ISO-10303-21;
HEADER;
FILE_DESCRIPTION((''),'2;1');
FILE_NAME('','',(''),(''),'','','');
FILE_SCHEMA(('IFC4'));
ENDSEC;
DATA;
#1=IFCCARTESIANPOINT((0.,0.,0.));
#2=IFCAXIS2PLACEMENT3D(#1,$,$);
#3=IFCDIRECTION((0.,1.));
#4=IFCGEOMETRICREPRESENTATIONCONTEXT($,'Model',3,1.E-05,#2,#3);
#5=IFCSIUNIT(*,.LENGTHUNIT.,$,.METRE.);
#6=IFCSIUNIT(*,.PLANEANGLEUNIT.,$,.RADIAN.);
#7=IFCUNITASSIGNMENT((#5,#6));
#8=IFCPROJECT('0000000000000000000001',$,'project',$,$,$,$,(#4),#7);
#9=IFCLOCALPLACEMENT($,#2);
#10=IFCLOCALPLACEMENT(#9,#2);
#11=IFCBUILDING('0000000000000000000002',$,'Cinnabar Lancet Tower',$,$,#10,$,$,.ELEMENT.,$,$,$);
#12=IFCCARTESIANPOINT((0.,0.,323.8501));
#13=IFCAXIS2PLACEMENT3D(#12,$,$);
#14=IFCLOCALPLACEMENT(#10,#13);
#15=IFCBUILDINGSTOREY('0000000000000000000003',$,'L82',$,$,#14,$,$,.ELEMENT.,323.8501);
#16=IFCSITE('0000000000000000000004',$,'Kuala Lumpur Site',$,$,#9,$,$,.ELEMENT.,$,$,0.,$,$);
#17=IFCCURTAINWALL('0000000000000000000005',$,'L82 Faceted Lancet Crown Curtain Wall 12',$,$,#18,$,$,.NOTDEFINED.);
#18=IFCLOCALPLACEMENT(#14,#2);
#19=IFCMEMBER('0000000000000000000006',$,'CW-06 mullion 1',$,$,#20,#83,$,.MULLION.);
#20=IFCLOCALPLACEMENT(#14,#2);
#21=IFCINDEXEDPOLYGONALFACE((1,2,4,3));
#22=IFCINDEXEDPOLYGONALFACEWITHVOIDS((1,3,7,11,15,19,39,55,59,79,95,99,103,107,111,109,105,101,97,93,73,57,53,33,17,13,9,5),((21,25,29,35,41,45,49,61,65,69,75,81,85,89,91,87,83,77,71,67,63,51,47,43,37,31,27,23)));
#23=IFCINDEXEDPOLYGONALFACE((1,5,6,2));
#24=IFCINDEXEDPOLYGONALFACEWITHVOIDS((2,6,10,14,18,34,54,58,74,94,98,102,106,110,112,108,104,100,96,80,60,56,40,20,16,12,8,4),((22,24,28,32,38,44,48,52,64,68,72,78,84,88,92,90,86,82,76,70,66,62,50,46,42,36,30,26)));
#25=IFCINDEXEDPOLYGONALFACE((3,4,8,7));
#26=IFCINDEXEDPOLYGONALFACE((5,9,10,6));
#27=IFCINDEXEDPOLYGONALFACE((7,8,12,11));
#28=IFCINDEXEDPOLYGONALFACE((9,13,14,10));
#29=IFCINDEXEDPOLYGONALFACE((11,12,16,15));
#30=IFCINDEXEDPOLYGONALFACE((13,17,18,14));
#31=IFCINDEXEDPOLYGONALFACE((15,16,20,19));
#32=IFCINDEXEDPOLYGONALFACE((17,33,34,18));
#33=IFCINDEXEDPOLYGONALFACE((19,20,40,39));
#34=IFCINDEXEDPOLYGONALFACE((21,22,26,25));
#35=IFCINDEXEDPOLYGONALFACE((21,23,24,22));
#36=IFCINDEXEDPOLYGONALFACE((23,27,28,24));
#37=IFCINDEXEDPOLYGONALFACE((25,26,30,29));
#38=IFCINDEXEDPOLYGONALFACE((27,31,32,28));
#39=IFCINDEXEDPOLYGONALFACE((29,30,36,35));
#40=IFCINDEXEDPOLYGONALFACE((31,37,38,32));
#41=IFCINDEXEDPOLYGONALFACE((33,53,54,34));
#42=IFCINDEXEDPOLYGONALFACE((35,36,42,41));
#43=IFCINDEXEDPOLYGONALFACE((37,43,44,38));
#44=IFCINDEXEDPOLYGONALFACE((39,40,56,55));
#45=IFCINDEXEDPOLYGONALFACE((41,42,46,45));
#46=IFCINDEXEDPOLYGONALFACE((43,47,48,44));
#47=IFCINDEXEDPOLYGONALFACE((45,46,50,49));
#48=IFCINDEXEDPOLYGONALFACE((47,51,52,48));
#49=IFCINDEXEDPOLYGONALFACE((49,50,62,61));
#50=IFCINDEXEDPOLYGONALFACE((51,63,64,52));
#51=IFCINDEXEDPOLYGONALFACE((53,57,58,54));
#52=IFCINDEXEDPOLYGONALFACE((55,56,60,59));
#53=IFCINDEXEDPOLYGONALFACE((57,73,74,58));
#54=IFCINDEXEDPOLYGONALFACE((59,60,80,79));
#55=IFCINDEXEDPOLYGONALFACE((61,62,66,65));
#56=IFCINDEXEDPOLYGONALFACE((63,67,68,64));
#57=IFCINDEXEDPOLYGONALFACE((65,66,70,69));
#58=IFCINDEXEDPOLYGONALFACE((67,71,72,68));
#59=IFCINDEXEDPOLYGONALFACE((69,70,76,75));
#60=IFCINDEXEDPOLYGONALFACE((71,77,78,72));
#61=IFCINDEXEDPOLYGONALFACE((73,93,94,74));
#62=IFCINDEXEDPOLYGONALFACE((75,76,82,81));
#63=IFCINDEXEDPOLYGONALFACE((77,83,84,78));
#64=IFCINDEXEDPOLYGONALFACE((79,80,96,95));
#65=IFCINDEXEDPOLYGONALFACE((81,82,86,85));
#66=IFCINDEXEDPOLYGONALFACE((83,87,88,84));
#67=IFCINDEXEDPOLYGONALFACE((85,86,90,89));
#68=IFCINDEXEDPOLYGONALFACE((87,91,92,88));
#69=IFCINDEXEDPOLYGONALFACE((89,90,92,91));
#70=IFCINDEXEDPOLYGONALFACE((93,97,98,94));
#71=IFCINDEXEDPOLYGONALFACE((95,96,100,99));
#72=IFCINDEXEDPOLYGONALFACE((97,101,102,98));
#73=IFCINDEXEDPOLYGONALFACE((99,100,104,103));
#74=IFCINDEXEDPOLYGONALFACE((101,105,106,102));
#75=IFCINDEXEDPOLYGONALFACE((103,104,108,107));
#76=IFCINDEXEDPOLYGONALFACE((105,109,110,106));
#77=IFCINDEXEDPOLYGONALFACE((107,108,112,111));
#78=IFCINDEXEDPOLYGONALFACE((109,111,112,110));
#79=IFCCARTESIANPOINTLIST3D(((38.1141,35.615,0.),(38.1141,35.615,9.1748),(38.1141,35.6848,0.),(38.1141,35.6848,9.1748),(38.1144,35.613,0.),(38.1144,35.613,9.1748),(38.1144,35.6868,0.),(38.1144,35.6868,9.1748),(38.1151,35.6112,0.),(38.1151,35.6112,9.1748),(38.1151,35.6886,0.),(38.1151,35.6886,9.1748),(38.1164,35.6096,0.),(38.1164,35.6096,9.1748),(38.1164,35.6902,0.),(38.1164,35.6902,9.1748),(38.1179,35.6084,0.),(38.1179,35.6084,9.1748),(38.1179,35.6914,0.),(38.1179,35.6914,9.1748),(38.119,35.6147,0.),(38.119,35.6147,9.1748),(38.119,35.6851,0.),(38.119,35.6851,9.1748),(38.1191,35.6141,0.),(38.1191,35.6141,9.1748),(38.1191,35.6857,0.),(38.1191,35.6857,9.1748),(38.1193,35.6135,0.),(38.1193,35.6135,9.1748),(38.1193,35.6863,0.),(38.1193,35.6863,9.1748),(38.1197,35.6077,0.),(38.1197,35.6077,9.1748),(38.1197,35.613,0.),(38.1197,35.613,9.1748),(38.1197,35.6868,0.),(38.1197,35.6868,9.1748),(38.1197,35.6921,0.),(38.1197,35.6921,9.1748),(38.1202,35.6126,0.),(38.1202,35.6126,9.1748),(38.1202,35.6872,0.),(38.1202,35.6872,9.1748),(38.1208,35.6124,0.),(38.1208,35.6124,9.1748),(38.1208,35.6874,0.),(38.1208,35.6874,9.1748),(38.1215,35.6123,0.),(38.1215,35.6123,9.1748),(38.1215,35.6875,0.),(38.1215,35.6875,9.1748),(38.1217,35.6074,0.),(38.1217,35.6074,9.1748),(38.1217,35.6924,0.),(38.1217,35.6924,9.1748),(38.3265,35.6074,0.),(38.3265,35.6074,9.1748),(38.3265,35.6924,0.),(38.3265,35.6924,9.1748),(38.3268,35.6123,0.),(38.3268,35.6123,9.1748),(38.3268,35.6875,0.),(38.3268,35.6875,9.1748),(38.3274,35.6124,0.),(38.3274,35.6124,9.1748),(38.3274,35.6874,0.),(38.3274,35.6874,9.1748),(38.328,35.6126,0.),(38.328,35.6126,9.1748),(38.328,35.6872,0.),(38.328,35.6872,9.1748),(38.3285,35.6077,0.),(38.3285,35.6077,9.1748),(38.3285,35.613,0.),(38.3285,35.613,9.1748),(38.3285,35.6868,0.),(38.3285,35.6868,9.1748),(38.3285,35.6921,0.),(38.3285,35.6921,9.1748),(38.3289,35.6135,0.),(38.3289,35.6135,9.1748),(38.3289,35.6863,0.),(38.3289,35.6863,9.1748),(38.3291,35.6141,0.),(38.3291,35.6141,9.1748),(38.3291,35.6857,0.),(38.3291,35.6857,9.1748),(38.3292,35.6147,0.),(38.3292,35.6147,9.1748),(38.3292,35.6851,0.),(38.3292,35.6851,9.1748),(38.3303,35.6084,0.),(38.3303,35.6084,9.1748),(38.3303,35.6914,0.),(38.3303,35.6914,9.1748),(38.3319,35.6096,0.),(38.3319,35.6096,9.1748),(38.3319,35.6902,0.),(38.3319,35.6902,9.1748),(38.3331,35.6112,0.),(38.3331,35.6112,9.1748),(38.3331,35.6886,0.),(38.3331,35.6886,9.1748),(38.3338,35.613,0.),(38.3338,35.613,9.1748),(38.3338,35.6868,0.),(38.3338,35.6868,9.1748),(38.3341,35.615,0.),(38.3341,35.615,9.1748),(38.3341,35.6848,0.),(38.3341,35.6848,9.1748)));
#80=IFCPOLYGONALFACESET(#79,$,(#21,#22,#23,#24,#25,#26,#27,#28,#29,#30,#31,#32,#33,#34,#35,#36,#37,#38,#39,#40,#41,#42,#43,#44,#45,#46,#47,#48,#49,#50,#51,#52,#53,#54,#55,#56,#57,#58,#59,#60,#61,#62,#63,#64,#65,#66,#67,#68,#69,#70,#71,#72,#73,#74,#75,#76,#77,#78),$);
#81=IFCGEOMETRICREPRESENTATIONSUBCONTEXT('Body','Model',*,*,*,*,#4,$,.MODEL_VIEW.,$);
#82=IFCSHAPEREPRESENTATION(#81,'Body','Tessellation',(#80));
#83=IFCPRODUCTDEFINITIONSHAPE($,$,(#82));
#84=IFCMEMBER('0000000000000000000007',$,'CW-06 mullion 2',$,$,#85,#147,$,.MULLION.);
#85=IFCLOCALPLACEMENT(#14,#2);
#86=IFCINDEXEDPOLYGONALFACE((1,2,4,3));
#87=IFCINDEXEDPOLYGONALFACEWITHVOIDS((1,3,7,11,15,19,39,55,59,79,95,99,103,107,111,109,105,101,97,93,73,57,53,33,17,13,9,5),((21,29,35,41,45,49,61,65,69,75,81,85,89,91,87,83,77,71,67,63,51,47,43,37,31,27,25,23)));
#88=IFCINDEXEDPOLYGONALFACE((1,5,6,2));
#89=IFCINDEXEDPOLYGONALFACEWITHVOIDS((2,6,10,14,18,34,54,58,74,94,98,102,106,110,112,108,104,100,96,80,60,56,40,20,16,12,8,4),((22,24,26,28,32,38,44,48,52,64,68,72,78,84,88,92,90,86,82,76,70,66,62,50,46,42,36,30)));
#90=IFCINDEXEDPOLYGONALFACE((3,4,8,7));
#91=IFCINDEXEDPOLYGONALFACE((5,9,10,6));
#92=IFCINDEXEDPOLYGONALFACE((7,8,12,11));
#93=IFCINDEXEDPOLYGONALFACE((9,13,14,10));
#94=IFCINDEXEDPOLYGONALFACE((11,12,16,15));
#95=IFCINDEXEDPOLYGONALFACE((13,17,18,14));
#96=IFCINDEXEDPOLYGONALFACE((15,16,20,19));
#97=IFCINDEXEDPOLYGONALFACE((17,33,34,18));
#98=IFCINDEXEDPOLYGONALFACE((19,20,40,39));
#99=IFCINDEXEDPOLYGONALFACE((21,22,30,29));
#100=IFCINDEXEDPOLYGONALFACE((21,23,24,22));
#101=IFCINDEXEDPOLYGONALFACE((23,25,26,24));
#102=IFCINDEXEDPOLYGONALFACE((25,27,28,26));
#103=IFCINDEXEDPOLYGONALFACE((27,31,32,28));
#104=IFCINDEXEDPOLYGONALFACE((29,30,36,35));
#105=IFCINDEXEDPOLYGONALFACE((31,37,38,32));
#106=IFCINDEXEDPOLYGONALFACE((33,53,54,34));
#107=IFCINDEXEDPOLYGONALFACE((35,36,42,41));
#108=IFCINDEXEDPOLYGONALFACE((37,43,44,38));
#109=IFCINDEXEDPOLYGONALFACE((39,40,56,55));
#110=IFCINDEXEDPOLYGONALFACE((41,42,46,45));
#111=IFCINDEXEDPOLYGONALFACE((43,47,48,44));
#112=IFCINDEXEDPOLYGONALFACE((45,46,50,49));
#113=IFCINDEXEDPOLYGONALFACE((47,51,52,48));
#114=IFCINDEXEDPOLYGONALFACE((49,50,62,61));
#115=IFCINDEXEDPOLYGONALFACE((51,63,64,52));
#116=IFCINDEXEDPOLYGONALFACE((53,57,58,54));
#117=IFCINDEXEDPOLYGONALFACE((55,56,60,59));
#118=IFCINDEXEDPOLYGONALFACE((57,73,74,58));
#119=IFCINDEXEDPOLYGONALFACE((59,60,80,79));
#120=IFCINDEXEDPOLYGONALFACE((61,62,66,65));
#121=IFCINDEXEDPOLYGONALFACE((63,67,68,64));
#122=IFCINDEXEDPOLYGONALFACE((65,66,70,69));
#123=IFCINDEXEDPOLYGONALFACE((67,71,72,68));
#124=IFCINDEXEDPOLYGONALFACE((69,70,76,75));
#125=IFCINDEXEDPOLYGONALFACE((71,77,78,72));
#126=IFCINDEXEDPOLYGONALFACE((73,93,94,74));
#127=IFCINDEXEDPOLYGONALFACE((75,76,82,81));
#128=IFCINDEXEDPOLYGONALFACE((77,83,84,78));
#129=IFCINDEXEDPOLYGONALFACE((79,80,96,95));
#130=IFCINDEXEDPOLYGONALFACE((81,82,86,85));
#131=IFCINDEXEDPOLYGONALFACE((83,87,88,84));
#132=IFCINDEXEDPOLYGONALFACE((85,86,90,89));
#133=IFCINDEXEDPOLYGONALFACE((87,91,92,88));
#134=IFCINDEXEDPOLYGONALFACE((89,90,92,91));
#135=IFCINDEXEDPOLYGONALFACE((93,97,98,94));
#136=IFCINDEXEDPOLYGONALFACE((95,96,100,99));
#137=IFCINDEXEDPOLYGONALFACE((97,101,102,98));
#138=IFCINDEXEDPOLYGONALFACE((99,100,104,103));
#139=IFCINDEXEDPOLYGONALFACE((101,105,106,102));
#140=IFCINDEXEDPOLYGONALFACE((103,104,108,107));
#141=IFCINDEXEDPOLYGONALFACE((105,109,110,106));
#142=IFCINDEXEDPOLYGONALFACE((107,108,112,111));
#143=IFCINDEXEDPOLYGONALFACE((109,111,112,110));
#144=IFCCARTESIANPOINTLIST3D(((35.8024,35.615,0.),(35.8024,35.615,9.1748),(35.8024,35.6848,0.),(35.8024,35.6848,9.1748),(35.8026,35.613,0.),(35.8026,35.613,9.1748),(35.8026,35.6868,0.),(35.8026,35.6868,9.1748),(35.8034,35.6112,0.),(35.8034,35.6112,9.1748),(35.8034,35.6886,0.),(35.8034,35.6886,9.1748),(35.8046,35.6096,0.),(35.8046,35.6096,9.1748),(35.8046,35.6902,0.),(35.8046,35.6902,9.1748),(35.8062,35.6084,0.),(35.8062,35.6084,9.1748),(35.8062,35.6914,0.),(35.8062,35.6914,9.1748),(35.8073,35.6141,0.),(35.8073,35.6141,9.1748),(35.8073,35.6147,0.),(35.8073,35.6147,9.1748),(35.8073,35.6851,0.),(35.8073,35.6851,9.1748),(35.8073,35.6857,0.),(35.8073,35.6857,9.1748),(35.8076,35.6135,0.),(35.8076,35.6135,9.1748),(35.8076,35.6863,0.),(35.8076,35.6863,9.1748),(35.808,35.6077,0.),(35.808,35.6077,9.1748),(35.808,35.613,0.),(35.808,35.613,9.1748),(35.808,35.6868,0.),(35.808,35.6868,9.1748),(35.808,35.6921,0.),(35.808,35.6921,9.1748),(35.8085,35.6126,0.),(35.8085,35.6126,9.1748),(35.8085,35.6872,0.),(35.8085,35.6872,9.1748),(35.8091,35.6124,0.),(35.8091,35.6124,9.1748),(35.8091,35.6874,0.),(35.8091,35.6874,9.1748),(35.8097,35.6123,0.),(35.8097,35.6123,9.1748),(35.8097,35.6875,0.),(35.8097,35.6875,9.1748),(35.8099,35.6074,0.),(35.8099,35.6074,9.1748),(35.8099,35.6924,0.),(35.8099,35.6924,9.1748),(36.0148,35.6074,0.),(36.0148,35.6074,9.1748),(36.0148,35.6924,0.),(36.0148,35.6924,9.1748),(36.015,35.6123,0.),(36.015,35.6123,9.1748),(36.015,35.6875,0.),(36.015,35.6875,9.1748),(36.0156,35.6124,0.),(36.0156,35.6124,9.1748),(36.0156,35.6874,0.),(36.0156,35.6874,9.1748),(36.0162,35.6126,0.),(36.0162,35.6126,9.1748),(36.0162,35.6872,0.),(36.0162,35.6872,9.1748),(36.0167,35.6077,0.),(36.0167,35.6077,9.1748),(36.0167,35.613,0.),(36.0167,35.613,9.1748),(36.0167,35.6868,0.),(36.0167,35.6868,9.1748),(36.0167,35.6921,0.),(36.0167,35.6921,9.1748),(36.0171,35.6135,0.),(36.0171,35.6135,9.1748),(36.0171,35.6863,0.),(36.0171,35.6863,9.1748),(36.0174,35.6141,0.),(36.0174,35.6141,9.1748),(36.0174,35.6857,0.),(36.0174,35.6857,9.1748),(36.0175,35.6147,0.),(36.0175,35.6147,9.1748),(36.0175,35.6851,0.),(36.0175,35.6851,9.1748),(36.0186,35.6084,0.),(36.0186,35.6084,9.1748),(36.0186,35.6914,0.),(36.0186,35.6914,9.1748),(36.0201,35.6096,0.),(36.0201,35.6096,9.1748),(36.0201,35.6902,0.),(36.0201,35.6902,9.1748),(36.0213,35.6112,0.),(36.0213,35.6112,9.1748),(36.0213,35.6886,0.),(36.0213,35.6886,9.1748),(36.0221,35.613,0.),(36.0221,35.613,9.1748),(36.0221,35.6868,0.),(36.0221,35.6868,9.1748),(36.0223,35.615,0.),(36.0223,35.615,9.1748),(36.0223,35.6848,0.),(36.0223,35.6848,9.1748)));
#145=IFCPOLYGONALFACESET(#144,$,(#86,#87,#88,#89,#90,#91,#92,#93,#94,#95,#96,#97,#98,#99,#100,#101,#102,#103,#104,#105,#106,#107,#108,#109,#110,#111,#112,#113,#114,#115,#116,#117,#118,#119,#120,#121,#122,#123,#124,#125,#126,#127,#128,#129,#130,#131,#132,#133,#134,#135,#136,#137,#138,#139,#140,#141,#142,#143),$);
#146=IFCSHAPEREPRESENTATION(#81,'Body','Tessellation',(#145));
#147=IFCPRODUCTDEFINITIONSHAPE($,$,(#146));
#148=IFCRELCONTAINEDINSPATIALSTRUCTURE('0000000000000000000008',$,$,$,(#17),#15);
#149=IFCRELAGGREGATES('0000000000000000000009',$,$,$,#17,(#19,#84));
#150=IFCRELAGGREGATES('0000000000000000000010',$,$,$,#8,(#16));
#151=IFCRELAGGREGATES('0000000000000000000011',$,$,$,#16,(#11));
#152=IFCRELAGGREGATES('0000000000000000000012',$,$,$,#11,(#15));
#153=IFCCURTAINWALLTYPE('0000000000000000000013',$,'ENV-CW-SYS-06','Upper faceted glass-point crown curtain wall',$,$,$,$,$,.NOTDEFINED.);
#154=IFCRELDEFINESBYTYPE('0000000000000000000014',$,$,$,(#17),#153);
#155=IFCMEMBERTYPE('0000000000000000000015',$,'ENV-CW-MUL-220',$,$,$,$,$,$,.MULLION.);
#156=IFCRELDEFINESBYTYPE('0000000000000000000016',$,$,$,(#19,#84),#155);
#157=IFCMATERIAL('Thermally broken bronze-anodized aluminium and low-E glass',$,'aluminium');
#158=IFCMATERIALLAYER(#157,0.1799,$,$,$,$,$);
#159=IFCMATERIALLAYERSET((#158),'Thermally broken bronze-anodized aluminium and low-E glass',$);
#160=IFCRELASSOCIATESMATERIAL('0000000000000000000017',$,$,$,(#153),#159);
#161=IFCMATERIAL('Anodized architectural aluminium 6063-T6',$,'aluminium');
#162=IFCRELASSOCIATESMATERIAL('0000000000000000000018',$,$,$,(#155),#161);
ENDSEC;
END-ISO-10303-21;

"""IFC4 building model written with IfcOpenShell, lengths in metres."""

from ifc_helpers import new_model, si_unit, direction, frame, origin, origin_2d, place, context, subcontext, project, spatial, hollow_rectangle, extrude, material, layer, layer_set, material_profile, profile_set, type_object, element, aggregate, save


model = new_model("IFC4")

# Units and contexts
model_context = context("Model", 3, precision=1e-05, world=origin(), true_north=direction((0.0, 1.0)))
body_context = subcontext(model_context, "Body", "Model", "MODEL_VIEW")
ifc_project = project(units=[si_unit("LENGTHUNIT", "METRE"), si_unit("PLANEANGLEUNIT", "RADIAN")], contexts=[model_context])

# Site, building, storey
site_placement = place(None, origin())
site = spatial("IfcSite", under=ifc_project, at=site_placement, Name="Kuala Lumpur Site", CompositionType="ELEMENT", RefElevation=0.0)
building_placement = place(site_placement, origin())
building = spatial("IfcBuilding", under=site, at=building_placement, Name="Cinnabar Lancet Tower", CompositionType="ELEMENT")
storey_placement = place(building_placement, frame((0.0, 0.0, 323.8501)))
storey = spatial("IfcBuildingStorey", under=building, at=storey_placement, Name="L82", CompositionType="ELEMENT", Elevation=323.8501)

# Shared definitions
ifc_material_1 = material(Name="Thermally broken bronze-anodized aluminium and low-E glass", Category="aluminium")
ifc_layer_1 = layer(ifc_material_1, 0.1799)
ifc_layer_set_1 = layer_set([ifc_layer_1], Name="Thermally broken bronze-anodized aluminium and low-E glass")
curtain_wall_type = type_object("IfcCurtainWallType", Name="ENV-CW-SYS-06", Description="Upper faceted glass-point crown curtain wall", PredefinedType="NOTDEFINED", material=ifc_layer_set_1)
ifc_material_2 = material(Name="Anodized architectural aluminium 6063-T6", Category="aluminium")
ifc_material_profile_1 = material_profile(ifc_material_2, hollow_rectangle(XDim=0.085, YDim=0.22, WallThickness=0.0049, InnerFilletRadius=0.0024, OuterFilletRadius=0.0076, at=origin_2d()), Name="CW-MUL 220x85x5")
ifc_profile_set_1 = profile_set([ifc_material_profile_1], Name="Anodized architectural aluminium 6063-T6")
member_type_1 = type_object("IfcMemberType", Name="ENV-CW-MUL-220", PredefinedType="MULLION", material=ifc_profile_set_1)

# Curtain wall, members
curtain_wall_1_placement = place(storey_placement, origin())
curtain_wall_1 = element("IfcCurtainWall", 1, at=curtain_wall_1_placement, inside=storey, type_object=curtain_wall_type, Name="L82 Faceted Lancet Crown Curtain Wall 12", PredefinedType="NOTDEFINED")
member_1_placement = place(storey_placement, frame((38.2241, 35.6499, 0.0), z_axis=(0.0, 0.0, 1.0), x_axis=(0.0, -1.0, 0.0)))
member_1 = element("IfcMember", 2, at=member_1_placement, type_object=member_type_1, Name="CW-06 mullion 1", PredefinedType="MULLION", context=body_context, shape_type="SweptSolid", body=[
    extrude(hollow_rectangle(XDim=0.085, YDim=0.22, WallThickness=0.0049, InnerFilletRadius=0.0024, OuterFilletRadius=0.0076, at=origin_2d()), origin(), (0.0, 0.0, 1.0), 9.1748),
])
member_2_placement = place(storey_placement, frame((35.9124, 35.6499, 0.0), z_axis=(0.0, 0.0, 1.0), x_axis=(0.0, -1.0, 0.0)))
member_2 = element("IfcMember", 3, at=member_2_placement, type_object=member_type_1, Name="CW-06 mullion 2", PredefinedType="MULLION", context=body_context, shape_type="SweptSolid", body=[
    extrude(hollow_rectangle(XDim=0.085, YDim=0.22, WallThickness=0.0049, InnerFilletRadius=0.0024, OuterFilletRadius=0.0076, at=origin_2d()), origin(), (0.0, 0.0, 1.0), 9.1748),
])

aggregate(curtain_wall_1, [member_1, member_2])

save(model, "model.ifc")
